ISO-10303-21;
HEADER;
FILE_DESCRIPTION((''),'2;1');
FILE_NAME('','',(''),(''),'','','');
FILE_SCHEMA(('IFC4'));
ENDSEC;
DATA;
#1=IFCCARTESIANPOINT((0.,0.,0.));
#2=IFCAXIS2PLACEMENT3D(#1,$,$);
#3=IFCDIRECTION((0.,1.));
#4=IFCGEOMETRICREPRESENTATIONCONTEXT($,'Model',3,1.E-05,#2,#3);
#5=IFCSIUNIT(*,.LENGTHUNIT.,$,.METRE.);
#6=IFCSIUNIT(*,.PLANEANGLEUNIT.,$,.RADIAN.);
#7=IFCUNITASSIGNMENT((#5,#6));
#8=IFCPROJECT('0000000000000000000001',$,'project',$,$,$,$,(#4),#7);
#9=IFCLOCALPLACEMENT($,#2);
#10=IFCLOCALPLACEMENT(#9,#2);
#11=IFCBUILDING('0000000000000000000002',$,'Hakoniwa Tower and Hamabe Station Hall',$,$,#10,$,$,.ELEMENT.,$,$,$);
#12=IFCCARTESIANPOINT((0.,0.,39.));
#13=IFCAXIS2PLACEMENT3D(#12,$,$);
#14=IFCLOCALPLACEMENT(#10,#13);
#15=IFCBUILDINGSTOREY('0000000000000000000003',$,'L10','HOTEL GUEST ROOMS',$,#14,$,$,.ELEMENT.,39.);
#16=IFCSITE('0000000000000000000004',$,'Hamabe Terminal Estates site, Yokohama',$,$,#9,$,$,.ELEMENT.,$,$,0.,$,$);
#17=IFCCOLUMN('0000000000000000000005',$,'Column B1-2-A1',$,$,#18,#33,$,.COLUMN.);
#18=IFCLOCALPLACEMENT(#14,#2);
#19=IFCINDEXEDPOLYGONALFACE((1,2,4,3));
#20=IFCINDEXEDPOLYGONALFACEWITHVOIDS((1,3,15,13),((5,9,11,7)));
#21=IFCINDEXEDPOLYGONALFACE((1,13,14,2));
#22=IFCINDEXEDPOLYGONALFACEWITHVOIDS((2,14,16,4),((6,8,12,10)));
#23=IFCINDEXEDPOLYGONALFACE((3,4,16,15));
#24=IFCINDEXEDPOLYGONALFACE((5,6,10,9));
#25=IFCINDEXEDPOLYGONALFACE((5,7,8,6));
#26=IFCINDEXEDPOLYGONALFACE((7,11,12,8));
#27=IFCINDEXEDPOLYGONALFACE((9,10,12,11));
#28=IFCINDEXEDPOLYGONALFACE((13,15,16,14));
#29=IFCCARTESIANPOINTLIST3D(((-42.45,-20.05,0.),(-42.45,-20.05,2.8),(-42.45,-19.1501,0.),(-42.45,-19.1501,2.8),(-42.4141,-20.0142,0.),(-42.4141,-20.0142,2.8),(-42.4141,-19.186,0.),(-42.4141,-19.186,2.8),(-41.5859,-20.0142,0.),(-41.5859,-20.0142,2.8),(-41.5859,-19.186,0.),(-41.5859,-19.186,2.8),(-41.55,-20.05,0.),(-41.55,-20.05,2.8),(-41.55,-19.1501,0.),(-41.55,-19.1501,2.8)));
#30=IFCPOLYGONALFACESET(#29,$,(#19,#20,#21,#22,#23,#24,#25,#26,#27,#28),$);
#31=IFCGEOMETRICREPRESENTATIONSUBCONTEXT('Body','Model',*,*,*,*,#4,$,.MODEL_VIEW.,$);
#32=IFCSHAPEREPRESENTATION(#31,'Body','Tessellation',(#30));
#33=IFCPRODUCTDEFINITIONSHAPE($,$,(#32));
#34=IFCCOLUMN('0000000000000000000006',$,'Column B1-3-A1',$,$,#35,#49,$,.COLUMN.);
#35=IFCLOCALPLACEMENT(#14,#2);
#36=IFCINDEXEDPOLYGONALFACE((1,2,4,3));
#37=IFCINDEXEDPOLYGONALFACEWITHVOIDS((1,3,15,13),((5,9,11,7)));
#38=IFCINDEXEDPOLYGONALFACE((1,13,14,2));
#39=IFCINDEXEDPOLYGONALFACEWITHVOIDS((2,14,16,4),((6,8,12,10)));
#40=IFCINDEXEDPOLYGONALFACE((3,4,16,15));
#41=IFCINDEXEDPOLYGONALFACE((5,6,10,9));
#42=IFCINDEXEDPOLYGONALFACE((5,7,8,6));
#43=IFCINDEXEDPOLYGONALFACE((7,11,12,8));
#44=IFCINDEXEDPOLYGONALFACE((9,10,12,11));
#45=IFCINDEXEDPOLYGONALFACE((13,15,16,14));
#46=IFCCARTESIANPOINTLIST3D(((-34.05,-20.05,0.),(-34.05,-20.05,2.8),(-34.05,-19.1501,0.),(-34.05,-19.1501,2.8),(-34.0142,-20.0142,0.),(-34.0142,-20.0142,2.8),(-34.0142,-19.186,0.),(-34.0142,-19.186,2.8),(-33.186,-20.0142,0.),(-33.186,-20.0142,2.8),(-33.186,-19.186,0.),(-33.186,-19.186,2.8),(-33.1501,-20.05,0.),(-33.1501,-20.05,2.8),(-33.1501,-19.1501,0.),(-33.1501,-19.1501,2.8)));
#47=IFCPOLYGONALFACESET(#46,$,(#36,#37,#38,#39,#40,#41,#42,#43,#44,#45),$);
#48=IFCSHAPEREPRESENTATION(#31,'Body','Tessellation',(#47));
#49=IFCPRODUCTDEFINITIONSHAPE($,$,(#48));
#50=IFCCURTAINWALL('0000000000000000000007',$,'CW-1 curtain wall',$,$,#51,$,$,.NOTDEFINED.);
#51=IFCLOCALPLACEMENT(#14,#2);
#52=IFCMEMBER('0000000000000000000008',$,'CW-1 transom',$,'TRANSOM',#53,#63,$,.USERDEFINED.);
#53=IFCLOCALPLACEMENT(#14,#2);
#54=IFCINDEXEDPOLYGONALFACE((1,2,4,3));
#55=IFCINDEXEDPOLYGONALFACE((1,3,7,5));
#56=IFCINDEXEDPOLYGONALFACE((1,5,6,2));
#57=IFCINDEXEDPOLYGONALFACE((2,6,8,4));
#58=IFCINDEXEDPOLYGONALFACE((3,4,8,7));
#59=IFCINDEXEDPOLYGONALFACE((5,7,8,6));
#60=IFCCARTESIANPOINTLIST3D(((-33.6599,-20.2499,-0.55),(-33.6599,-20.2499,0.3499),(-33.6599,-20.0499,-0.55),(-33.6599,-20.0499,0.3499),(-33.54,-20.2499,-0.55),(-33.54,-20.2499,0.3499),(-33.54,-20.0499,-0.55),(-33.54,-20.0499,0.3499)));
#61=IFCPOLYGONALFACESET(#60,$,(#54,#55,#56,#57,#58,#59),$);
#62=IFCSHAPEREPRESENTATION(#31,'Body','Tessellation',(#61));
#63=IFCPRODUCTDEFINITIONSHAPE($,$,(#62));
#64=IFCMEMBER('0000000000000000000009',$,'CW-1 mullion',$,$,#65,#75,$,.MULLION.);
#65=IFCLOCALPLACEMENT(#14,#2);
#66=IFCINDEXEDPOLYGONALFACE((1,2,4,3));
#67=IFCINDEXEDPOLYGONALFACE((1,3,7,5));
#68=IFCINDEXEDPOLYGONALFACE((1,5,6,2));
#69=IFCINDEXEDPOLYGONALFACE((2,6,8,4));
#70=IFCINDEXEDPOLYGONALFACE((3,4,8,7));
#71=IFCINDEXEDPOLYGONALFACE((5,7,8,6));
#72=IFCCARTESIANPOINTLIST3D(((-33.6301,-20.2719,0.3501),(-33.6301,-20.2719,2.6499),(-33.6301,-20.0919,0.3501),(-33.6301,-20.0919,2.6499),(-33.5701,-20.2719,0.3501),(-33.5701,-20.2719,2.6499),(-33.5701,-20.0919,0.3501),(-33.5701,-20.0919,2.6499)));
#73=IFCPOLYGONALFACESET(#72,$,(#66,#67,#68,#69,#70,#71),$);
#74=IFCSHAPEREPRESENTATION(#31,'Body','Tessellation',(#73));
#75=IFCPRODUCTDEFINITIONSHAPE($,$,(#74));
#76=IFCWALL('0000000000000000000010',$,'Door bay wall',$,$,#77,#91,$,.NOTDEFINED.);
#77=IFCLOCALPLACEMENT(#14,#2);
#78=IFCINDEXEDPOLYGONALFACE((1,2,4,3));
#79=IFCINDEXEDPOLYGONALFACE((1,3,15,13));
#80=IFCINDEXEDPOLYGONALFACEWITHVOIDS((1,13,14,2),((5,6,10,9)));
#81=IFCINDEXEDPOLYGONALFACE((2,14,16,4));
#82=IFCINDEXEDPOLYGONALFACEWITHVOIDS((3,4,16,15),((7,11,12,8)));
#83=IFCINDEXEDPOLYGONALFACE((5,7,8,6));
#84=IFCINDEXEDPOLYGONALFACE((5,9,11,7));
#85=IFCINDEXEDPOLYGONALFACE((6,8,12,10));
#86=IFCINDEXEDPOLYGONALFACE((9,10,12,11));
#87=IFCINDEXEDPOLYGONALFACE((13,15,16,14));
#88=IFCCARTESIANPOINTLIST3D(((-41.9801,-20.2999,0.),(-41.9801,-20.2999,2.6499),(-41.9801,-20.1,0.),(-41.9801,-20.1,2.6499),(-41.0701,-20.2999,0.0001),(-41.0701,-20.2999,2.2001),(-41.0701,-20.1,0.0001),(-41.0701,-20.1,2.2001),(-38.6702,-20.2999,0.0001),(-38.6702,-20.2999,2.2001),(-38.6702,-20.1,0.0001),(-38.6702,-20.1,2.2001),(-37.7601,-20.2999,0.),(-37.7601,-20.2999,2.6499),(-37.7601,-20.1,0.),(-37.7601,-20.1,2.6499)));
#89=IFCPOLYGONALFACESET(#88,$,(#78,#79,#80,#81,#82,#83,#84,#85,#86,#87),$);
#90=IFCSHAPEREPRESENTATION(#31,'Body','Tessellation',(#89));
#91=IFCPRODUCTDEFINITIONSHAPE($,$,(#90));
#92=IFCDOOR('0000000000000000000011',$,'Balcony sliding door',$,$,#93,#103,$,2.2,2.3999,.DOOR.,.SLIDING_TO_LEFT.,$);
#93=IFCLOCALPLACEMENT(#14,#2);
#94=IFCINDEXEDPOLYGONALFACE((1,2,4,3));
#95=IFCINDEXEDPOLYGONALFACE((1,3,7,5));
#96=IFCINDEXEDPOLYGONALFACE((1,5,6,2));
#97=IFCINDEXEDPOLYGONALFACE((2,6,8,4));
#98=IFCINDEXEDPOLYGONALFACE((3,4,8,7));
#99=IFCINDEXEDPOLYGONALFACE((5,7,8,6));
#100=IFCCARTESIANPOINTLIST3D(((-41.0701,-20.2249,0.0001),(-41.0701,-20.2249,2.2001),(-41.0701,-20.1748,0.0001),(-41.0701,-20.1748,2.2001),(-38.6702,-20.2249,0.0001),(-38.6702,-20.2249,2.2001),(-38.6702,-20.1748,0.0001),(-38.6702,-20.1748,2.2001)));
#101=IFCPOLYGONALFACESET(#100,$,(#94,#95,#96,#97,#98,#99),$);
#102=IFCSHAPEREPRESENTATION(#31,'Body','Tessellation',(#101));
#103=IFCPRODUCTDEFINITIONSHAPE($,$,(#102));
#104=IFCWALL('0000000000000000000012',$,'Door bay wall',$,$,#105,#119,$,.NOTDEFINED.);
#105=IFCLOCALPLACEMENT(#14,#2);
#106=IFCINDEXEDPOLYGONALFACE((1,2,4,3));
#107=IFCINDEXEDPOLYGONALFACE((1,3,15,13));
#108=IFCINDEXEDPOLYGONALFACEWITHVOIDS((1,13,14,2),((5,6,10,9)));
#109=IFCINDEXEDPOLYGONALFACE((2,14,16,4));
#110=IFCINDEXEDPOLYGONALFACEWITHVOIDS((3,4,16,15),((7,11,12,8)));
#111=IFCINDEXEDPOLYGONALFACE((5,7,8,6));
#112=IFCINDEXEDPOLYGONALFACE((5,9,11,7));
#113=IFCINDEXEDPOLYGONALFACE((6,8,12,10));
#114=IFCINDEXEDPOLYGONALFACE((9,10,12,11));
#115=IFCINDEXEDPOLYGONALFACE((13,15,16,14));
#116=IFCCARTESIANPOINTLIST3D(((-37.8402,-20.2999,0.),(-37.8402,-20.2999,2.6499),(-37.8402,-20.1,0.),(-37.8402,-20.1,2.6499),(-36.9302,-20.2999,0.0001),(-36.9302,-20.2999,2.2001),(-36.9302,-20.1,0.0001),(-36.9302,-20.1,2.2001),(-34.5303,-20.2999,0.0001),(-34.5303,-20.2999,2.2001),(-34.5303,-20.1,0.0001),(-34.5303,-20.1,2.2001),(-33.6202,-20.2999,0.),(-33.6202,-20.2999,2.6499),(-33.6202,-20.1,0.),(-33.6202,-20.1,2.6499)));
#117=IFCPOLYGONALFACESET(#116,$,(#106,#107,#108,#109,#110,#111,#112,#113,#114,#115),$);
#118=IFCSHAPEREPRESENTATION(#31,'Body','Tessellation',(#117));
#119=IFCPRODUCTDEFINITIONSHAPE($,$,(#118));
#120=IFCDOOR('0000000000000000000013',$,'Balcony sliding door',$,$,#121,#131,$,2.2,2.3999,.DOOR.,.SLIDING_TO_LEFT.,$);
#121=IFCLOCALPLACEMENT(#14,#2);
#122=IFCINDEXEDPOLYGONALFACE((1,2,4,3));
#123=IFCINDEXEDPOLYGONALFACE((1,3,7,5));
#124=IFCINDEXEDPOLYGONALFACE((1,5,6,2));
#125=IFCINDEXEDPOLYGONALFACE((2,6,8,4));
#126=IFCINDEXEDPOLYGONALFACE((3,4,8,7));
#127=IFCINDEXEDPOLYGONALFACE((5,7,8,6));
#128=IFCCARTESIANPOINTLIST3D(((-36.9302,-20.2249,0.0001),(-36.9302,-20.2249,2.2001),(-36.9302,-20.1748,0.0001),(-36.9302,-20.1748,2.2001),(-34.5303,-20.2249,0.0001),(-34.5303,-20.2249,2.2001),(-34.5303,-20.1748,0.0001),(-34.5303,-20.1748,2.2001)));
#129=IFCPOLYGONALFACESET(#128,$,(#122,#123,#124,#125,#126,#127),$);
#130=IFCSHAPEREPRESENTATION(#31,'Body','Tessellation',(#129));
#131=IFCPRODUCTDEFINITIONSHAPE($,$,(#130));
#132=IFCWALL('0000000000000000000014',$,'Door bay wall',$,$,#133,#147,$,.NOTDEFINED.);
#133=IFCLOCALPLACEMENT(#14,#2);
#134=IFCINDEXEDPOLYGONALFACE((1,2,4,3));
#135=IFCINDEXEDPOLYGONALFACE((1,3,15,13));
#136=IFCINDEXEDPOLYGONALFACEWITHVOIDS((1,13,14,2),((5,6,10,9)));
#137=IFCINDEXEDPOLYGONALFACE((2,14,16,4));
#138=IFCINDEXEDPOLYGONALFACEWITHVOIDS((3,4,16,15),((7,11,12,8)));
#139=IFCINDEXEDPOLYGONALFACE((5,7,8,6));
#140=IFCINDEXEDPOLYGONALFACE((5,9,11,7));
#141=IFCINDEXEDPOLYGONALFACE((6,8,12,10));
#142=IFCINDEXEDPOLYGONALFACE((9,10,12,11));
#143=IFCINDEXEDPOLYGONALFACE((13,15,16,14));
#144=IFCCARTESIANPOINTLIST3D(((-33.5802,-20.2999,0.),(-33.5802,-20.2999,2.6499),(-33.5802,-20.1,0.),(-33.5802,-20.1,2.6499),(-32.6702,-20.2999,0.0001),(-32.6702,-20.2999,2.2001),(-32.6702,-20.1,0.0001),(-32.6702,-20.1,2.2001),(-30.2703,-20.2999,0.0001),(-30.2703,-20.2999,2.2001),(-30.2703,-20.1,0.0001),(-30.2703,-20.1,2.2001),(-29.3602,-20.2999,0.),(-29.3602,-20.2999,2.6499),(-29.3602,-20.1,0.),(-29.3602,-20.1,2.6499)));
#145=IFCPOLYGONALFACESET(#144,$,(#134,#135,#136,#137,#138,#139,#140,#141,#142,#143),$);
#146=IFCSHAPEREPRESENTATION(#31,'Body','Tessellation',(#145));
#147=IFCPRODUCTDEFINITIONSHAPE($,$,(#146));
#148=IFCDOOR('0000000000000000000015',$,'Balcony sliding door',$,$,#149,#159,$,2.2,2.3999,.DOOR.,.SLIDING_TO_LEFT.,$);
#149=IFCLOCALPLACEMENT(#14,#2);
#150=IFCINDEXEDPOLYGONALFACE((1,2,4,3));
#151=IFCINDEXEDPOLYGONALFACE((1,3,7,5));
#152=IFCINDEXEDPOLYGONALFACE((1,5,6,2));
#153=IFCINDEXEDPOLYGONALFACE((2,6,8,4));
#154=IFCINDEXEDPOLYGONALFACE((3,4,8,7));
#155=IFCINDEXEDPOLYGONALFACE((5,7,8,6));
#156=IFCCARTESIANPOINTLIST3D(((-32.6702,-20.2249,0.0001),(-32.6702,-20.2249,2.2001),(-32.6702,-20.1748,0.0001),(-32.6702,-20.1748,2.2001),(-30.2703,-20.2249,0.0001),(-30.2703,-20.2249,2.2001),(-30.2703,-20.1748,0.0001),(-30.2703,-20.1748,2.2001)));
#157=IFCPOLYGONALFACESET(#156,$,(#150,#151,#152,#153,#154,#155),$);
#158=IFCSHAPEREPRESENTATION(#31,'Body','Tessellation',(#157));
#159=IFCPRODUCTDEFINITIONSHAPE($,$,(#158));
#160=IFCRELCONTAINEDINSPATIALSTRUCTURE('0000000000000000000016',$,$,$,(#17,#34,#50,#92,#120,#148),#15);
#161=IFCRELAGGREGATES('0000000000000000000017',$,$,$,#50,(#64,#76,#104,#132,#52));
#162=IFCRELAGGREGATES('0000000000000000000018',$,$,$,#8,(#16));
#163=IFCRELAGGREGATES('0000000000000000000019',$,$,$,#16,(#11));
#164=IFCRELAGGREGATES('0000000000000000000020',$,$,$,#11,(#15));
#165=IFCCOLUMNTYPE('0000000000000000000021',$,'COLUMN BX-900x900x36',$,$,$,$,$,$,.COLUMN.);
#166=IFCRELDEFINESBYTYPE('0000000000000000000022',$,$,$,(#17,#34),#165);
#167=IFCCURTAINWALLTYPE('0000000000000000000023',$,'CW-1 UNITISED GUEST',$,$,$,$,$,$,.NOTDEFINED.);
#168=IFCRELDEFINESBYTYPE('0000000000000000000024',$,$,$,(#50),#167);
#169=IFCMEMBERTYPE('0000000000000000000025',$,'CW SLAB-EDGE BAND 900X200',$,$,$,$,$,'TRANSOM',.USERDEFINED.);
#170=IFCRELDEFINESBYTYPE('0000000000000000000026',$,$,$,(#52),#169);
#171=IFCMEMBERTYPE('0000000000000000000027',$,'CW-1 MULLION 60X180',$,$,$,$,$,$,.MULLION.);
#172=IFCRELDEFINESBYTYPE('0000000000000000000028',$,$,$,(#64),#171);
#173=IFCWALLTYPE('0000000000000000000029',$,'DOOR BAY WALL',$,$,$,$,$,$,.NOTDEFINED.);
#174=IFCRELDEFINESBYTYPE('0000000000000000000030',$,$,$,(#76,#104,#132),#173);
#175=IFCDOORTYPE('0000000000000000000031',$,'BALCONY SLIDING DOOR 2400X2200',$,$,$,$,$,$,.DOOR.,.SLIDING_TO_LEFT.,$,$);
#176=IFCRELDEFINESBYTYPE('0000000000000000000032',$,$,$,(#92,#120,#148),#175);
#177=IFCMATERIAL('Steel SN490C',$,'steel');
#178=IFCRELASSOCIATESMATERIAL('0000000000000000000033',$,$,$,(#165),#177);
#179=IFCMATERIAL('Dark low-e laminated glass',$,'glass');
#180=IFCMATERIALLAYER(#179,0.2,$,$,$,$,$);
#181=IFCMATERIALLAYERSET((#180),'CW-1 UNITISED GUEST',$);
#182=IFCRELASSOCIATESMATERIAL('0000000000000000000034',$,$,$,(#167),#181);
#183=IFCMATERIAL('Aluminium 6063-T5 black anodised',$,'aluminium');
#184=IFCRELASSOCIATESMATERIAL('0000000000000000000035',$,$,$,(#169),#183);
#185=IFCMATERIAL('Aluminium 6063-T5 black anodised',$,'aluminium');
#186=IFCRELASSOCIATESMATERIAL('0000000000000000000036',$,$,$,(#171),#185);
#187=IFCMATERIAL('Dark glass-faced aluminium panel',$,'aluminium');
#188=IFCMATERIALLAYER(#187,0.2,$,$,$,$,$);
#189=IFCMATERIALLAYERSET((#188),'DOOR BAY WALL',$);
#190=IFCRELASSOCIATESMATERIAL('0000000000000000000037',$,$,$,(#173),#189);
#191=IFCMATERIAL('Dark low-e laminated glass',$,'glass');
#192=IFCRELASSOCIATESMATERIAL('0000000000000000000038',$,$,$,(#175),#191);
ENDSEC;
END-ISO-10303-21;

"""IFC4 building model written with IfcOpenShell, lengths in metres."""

from ifc_helpers import new_model, si_unit, direction, frame, frame_2d, origin, origin_2d, place, context, subcontext, project, spatial, rectangle, hollow_rectangle, extrude, material, layer, layer_set, material_profile, profile_set, type_object, element, fill, aggregate, save


model = new_model("IFC4")

# Units and contexts
model_context = context("Model", 3, precision=1e-05, world=origin(), true_north=direction((0.0, 1.0)))
body_context = subcontext(model_context, "Body", "Model", "MODEL_VIEW")
ifc_project = project(units=[si_unit("LENGTHUNIT", "METRE"), si_unit("PLANEANGLEUNIT", "RADIAN")], contexts=[model_context])

# Site, building, storey
site_placement = place(None, origin())
site = spatial("IfcSite", under=ifc_project, at=site_placement, Name="Hamabe Terminal Estates site, Yokohama", CompositionType="ELEMENT", RefElevation=0.0)
building_placement = place(site_placement, origin())
building = spatial("IfcBuilding", under=site, at=building_placement, Name="Hakoniwa Tower and Hamabe Station Hall", CompositionType="ELEMENT")
storey_placement = place(building_placement, frame((0.0, 0.0, 39.0)))
storey = spatial("IfcBuildingStorey", under=building, at=storey_placement, Name="L10", Description="HOTEL GUEST ROOMS", CompositionType="ELEMENT", Elevation=39.0)

# Columns
ifc_material_1 = material(Name="Steel SN490C", Category="steel")
ifc_material_profile_1 = material_profile(ifc_material_1, hollow_rectangle(XDim=0.8999, YDim=0.8999, WallThickness=0.0359, at=origin_2d()), Name="BX-900x900x36")
ifc_profile_set_1 = profile_set([ifc_material_profile_1], Name="Steel SN490C")
column_type = type_object("IfcColumnType", Name="COLUMN BX-900x900x36", PredefinedType="COLUMN", material=ifc_profile_set_1)
for number, where, z_axis, x_axis, name in (
    (1, (-42.0, -19.6001, 0.0), (0.0, 0.0, 1.0), (1.0, 0.0, 0.0), "Column B1-2-A1"),
    (2, (-33.6001, -19.6001, 0.0), (0.0, 0.0, 1.0), (1.0, 0.0, 0.0), "Column B1-3-A1"),
):
    element("IfcColumn", number, at=place(storey_placement, frame(where, z_axis=z_axis, x_axis=x_axis)), inside=storey, type_object=column_type, Name=name, PredefinedType="COLUMN", context=body_context, shape_type="SweptSolid", body=[
        extrude(hollow_rectangle(XDim=0.8999, YDim=0.8999, WallThickness=0.0359, at=origin_2d()), origin(), (0.0, 0.0, 1.0), 2.8),
    ])

# Curtain wall, members, walls, openings, doors
ifc_material_2 = material(Name="Dark low-e laminated glass", Category="glass")
ifc_layer_1 = layer(ifc_material_2, 0.2)
ifc_layer_set_1 = layer_set([ifc_layer_1], Name="CW-1 UNITISED GUEST")
curtain_wall_type = type_object("IfcCurtainWallType", Name="CW-1 UNITISED GUEST", PredefinedType="NOTDEFINED", material=ifc_layer_set_1)
curtain_wall_placement = place(storey_placement, origin())
curtain_wall = element("IfcCurtainWall", 3, at=curtain_wall_placement, inside=storey, type_object=curtain_wall_type, Name="CW-1 curtain wall", PredefinedType="NOTDEFINED")
ifc_material_3 = material(Name="Aluminium 6063-T5 black anodised", Category="aluminium")
ifc_material_profile_2 = material_profile(ifc_material_3, rectangle(XDim=0.2, YDim=0.8999, at=origin_2d()), Name="CW SLAB-EDGE BAND 900X200")
ifc_profile_set_2 = profile_set([ifc_material_profile_2], Name="Aluminium 6063-T5 black anodised")
member_type_1 = type_object("IfcMemberType", Name="CW SLAB-EDGE BAND 900X200", ElementType="TRANSOM", PredefinedType="USERDEFINED", material=ifc_profile_set_2)
member_1_placement = place(storey_placement, frame((-33.6599, -20.1499, -0.1001), z_axis=(1.0, 0.0, 0.0), x_axis=(0.0, 1.0, 0.0)))
member_1 = element("IfcMember", 4, at=member_1_placement, type_object=member_type_1, Name="CW-1 transom", ObjectType="TRANSOM", PredefinedType="USERDEFINED", context=body_context, shape_type="SweptSolid", body=[
    extrude(rectangle(XDim=0.2, YDim=0.8999, at=origin_2d()), origin(), (0.0, 0.0, 1.0), 0.1199),
])
ifc_material_4 = material(Name="Aluminium 6063-T5 black anodised", Category="aluminium")
ifc_material_profile_3 = material_profile(ifc_material_4, rectangle(XDim=0.0601, YDim=0.1799, at=origin_2d()), Name="CW-1 MULLION 60X180")
ifc_profile_set_3 = profile_set([ifc_material_profile_3], Name="Aluminium 6063-T5 black anodised")
member_type_2 = type_object("IfcMemberType", Name="CW-1 MULLION 60X180", PredefinedType="MULLION", material=ifc_profile_set_3)
member_2_placement = place(storey_placement, frame((-33.6001, -20.1819, 0.3501), z_axis=(0.0, 0.0, 1.0), x_axis=(1.0, 0.0, 0.0)))
member_2 = element("IfcMember", 5, at=member_2_placement, type_object=member_type_2, Name="CW-1 mullion", PredefinedType="MULLION", context=body_context, shape_type="SweptSolid", body=[
    extrude(rectangle(XDim=0.0601, YDim=0.1799, at=origin_2d()), origin(), (0.0, 0.0, 1.0), 2.2998),
])
ifc_material_5 = material(Name="Dark glass-faced aluminium panel", Category="aluminium")
ifc_layer_2 = layer(ifc_material_5, 0.2)
ifc_layer_set_2 = layer_set([ifc_layer_2], Name="DOOR BAY WALL")
wall_type_1 = type_object("IfcWallType", Name="DOOR BAY WALL", PredefinedType="NOTDEFINED", material=ifc_layer_set_2)
wall_1_placement = place(storey_placement, frame((-41.98, -20.2, 0.0), z_axis=(0.0, 0.0, 1.0), x_axis=(1.0, 0.0, 0.0)))
wall_1 = element("IfcWall", 6, at=wall_1_placement, type_object=wall_type_1, Name="Door bay wall", PredefinedType="NOTDEFINED", context=body_context, shape_type="SweptSolid", body=[
    extrude(rectangle(XDim=4.22, YDim=0.2, at=frame_2d((2.1099, 0.0))), origin(), (0.0, 0.0, 1.0), 2.6499),
])
opening_1_placement = place(wall_1_placement, frame((0.9099, 0.0, 0.0)))
opening_1 = element("IfcOpeningElement", 7, at=opening_1_placement, cuts=wall_1, PredefinedType="OPENING", context=body_context, shape_type="SweptSolid", body=[
    extrude(rectangle(XDim=2.3999, YDim=2.2, at=frame_2d((1.2, 1.1001))), frame((0.0, 0.1099, 0.0), z_axis=(0.0, -1.0, 0.0), x_axis=(1.0, 0.0, 0.0)), (0.0, 0.0, 1.0), 0.22),
])
ifc_material_6 = material(Name="Dark low-e laminated glass", Category="glass")
door_type = type_object("IfcDoorType", Name="BALCONY SLIDING DOOR 2400X2200", OperationType="SLIDING_TO_LEFT", PredefinedType="DOOR", material=ifc_material_6)
door_1_placement = place(opening_1_placement, frame((2.3999, 0.0, 0.0), z_axis=(0.0, 0.0, 1.0), x_axis=(-1.0, 0.0, 0.0)))
door_1 = element("IfcDoor", 8, at=door_1_placement, inside=storey, type_object=door_type, Name="Balcony sliding door", OperationType="SLIDING_TO_LEFT", OverallHeight=2.2, OverallWidth=2.3999, PredefinedType="DOOR", context=body_context, shape_type="SweptSolid", body=[
    extrude(rectangle(XDim=2.3999, YDim=2.2, at=frame_2d((1.2, 1.1001))), frame((0.0, 0.0249, 0.0), z_axis=(0.0, -1.0, 0.0), x_axis=(1.0, 0.0, 0.0)), (0.0, 0.0, 1.0), 0.05),
])
fill(opening_1, door_1)
wall_2_placement = place(storey_placement, frame((-37.8401, -20.2, 0.0), z_axis=(0.0, 0.0, 1.0), x_axis=(1.0, 0.0, 0.0)))
wall_2 = element("IfcWall", 9, at=wall_2_placement, type_object=wall_type_1, Name="Door bay wall", PredefinedType="NOTDEFINED", context=body_context, shape_type="SweptSolid", body=[
    extrude(rectangle(XDim=4.22, YDim=0.2, at=frame_2d((2.1099, 0.0))), origin(), (0.0, 0.0, 1.0), 2.6499),
])
opening_2_placement = place(wall_2_placement, frame((0.9099, 0.0, 0.0)))
opening_2 = element("IfcOpeningElement", 10, at=opening_2_placement, cuts=wall_2, PredefinedType="OPENING", context=body_context, shape_type="SweptSolid", body=[
    extrude(rectangle(XDim=2.3999, YDim=2.2, at=frame_2d((1.2, 1.1001))), frame((0.0, 0.1099, 0.0), z_axis=(0.0, -1.0, 0.0), x_axis=(1.0, 0.0, 0.0)), (0.0, 0.0, 1.0), 0.22),
])
door_2_placement = place(opening_2_placement, frame((2.3999, 0.0, 0.0), z_axis=(0.0, 0.0, 1.0), x_axis=(-1.0, 0.0, 0.0)))
door_2 = element("IfcDoor", 11, at=door_2_placement, inside=storey, type_object=door_type, Name="Balcony sliding door", OperationType="SLIDING_TO_LEFT", OverallHeight=2.2, OverallWidth=2.3999, PredefinedType="DOOR", context=body_context, shape_type="SweptSolid", body=[
    extrude(rectangle(XDim=2.3999, YDim=2.2, at=frame_2d((1.2, 1.1001))), frame((0.0, 0.0249, 0.0), z_axis=(0.0, -1.0, 0.0), x_axis=(1.0, 0.0, 0.0)), (0.0, 0.0, 1.0), 0.05),
])
fill(opening_2, door_2)
wall_3_placement = place(storey_placement, frame((-33.5801, -20.2, 0.0), z_axis=(0.0, 0.0, 1.0), x_axis=(1.0, 0.0, 0.0)))
wall_3 = element("IfcWall", 12, at=wall_3_placement, type_object=wall_type_1, Name="Door bay wall", PredefinedType="NOTDEFINED", context=body_context, shape_type="SweptSolid", body=[
    extrude(rectangle(XDim=4.22, YDim=0.2, at=frame_2d((2.1099, 0.0))), origin(), (0.0, 0.0, 1.0), 2.6499),
])
opening_3_placement = place(wall_3_placement, frame((0.9099, 0.0, 0.0)))
opening_3 = element("IfcOpeningElement", 13, at=opening_3_placement, cuts=wall_3, PredefinedType="OPENING", context=body_context, shape_type="SweptSolid", body=[
    extrude(rectangle(XDim=2.3999, YDim=2.2, at=frame_2d((1.2, 1.1001))), frame((0.0, 0.1099, 0.0), z_axis=(0.0, -1.0, 0.0), x_axis=(1.0, 0.0, 0.0)), (0.0, 0.0, 1.0), 0.22),
])
door_3_placement = place(opening_3_placement, frame((2.3999, 0.0, 0.0), z_axis=(0.0, 0.0, 1.0), x_axis=(-1.0, 0.0, 0.0)))
door_3 = element("IfcDoor", 14, at=door_3_placement, inside=storey, type_object=door_type, Name="Balcony sliding door", OperationType="SLIDING_TO_LEFT", OverallHeight=2.2, OverallWidth=2.3999, PredefinedType="DOOR", context=body_context, shape_type="SweptSolid", body=[
    extrude(rectangle(XDim=2.3999, YDim=2.2, at=frame_2d((1.2, 1.1001))), frame((0.0, 0.0249, 0.0), z_axis=(0.0, -1.0, 0.0), x_axis=(1.0, 0.0, 0.0)), (0.0, 0.0, 1.0), 0.05),
])
fill(opening_3, door_3)
aggregate(curtain_wall, [member_2, wall_1, wall_2, wall_3, member_1])

save(model, "model.ifc")
